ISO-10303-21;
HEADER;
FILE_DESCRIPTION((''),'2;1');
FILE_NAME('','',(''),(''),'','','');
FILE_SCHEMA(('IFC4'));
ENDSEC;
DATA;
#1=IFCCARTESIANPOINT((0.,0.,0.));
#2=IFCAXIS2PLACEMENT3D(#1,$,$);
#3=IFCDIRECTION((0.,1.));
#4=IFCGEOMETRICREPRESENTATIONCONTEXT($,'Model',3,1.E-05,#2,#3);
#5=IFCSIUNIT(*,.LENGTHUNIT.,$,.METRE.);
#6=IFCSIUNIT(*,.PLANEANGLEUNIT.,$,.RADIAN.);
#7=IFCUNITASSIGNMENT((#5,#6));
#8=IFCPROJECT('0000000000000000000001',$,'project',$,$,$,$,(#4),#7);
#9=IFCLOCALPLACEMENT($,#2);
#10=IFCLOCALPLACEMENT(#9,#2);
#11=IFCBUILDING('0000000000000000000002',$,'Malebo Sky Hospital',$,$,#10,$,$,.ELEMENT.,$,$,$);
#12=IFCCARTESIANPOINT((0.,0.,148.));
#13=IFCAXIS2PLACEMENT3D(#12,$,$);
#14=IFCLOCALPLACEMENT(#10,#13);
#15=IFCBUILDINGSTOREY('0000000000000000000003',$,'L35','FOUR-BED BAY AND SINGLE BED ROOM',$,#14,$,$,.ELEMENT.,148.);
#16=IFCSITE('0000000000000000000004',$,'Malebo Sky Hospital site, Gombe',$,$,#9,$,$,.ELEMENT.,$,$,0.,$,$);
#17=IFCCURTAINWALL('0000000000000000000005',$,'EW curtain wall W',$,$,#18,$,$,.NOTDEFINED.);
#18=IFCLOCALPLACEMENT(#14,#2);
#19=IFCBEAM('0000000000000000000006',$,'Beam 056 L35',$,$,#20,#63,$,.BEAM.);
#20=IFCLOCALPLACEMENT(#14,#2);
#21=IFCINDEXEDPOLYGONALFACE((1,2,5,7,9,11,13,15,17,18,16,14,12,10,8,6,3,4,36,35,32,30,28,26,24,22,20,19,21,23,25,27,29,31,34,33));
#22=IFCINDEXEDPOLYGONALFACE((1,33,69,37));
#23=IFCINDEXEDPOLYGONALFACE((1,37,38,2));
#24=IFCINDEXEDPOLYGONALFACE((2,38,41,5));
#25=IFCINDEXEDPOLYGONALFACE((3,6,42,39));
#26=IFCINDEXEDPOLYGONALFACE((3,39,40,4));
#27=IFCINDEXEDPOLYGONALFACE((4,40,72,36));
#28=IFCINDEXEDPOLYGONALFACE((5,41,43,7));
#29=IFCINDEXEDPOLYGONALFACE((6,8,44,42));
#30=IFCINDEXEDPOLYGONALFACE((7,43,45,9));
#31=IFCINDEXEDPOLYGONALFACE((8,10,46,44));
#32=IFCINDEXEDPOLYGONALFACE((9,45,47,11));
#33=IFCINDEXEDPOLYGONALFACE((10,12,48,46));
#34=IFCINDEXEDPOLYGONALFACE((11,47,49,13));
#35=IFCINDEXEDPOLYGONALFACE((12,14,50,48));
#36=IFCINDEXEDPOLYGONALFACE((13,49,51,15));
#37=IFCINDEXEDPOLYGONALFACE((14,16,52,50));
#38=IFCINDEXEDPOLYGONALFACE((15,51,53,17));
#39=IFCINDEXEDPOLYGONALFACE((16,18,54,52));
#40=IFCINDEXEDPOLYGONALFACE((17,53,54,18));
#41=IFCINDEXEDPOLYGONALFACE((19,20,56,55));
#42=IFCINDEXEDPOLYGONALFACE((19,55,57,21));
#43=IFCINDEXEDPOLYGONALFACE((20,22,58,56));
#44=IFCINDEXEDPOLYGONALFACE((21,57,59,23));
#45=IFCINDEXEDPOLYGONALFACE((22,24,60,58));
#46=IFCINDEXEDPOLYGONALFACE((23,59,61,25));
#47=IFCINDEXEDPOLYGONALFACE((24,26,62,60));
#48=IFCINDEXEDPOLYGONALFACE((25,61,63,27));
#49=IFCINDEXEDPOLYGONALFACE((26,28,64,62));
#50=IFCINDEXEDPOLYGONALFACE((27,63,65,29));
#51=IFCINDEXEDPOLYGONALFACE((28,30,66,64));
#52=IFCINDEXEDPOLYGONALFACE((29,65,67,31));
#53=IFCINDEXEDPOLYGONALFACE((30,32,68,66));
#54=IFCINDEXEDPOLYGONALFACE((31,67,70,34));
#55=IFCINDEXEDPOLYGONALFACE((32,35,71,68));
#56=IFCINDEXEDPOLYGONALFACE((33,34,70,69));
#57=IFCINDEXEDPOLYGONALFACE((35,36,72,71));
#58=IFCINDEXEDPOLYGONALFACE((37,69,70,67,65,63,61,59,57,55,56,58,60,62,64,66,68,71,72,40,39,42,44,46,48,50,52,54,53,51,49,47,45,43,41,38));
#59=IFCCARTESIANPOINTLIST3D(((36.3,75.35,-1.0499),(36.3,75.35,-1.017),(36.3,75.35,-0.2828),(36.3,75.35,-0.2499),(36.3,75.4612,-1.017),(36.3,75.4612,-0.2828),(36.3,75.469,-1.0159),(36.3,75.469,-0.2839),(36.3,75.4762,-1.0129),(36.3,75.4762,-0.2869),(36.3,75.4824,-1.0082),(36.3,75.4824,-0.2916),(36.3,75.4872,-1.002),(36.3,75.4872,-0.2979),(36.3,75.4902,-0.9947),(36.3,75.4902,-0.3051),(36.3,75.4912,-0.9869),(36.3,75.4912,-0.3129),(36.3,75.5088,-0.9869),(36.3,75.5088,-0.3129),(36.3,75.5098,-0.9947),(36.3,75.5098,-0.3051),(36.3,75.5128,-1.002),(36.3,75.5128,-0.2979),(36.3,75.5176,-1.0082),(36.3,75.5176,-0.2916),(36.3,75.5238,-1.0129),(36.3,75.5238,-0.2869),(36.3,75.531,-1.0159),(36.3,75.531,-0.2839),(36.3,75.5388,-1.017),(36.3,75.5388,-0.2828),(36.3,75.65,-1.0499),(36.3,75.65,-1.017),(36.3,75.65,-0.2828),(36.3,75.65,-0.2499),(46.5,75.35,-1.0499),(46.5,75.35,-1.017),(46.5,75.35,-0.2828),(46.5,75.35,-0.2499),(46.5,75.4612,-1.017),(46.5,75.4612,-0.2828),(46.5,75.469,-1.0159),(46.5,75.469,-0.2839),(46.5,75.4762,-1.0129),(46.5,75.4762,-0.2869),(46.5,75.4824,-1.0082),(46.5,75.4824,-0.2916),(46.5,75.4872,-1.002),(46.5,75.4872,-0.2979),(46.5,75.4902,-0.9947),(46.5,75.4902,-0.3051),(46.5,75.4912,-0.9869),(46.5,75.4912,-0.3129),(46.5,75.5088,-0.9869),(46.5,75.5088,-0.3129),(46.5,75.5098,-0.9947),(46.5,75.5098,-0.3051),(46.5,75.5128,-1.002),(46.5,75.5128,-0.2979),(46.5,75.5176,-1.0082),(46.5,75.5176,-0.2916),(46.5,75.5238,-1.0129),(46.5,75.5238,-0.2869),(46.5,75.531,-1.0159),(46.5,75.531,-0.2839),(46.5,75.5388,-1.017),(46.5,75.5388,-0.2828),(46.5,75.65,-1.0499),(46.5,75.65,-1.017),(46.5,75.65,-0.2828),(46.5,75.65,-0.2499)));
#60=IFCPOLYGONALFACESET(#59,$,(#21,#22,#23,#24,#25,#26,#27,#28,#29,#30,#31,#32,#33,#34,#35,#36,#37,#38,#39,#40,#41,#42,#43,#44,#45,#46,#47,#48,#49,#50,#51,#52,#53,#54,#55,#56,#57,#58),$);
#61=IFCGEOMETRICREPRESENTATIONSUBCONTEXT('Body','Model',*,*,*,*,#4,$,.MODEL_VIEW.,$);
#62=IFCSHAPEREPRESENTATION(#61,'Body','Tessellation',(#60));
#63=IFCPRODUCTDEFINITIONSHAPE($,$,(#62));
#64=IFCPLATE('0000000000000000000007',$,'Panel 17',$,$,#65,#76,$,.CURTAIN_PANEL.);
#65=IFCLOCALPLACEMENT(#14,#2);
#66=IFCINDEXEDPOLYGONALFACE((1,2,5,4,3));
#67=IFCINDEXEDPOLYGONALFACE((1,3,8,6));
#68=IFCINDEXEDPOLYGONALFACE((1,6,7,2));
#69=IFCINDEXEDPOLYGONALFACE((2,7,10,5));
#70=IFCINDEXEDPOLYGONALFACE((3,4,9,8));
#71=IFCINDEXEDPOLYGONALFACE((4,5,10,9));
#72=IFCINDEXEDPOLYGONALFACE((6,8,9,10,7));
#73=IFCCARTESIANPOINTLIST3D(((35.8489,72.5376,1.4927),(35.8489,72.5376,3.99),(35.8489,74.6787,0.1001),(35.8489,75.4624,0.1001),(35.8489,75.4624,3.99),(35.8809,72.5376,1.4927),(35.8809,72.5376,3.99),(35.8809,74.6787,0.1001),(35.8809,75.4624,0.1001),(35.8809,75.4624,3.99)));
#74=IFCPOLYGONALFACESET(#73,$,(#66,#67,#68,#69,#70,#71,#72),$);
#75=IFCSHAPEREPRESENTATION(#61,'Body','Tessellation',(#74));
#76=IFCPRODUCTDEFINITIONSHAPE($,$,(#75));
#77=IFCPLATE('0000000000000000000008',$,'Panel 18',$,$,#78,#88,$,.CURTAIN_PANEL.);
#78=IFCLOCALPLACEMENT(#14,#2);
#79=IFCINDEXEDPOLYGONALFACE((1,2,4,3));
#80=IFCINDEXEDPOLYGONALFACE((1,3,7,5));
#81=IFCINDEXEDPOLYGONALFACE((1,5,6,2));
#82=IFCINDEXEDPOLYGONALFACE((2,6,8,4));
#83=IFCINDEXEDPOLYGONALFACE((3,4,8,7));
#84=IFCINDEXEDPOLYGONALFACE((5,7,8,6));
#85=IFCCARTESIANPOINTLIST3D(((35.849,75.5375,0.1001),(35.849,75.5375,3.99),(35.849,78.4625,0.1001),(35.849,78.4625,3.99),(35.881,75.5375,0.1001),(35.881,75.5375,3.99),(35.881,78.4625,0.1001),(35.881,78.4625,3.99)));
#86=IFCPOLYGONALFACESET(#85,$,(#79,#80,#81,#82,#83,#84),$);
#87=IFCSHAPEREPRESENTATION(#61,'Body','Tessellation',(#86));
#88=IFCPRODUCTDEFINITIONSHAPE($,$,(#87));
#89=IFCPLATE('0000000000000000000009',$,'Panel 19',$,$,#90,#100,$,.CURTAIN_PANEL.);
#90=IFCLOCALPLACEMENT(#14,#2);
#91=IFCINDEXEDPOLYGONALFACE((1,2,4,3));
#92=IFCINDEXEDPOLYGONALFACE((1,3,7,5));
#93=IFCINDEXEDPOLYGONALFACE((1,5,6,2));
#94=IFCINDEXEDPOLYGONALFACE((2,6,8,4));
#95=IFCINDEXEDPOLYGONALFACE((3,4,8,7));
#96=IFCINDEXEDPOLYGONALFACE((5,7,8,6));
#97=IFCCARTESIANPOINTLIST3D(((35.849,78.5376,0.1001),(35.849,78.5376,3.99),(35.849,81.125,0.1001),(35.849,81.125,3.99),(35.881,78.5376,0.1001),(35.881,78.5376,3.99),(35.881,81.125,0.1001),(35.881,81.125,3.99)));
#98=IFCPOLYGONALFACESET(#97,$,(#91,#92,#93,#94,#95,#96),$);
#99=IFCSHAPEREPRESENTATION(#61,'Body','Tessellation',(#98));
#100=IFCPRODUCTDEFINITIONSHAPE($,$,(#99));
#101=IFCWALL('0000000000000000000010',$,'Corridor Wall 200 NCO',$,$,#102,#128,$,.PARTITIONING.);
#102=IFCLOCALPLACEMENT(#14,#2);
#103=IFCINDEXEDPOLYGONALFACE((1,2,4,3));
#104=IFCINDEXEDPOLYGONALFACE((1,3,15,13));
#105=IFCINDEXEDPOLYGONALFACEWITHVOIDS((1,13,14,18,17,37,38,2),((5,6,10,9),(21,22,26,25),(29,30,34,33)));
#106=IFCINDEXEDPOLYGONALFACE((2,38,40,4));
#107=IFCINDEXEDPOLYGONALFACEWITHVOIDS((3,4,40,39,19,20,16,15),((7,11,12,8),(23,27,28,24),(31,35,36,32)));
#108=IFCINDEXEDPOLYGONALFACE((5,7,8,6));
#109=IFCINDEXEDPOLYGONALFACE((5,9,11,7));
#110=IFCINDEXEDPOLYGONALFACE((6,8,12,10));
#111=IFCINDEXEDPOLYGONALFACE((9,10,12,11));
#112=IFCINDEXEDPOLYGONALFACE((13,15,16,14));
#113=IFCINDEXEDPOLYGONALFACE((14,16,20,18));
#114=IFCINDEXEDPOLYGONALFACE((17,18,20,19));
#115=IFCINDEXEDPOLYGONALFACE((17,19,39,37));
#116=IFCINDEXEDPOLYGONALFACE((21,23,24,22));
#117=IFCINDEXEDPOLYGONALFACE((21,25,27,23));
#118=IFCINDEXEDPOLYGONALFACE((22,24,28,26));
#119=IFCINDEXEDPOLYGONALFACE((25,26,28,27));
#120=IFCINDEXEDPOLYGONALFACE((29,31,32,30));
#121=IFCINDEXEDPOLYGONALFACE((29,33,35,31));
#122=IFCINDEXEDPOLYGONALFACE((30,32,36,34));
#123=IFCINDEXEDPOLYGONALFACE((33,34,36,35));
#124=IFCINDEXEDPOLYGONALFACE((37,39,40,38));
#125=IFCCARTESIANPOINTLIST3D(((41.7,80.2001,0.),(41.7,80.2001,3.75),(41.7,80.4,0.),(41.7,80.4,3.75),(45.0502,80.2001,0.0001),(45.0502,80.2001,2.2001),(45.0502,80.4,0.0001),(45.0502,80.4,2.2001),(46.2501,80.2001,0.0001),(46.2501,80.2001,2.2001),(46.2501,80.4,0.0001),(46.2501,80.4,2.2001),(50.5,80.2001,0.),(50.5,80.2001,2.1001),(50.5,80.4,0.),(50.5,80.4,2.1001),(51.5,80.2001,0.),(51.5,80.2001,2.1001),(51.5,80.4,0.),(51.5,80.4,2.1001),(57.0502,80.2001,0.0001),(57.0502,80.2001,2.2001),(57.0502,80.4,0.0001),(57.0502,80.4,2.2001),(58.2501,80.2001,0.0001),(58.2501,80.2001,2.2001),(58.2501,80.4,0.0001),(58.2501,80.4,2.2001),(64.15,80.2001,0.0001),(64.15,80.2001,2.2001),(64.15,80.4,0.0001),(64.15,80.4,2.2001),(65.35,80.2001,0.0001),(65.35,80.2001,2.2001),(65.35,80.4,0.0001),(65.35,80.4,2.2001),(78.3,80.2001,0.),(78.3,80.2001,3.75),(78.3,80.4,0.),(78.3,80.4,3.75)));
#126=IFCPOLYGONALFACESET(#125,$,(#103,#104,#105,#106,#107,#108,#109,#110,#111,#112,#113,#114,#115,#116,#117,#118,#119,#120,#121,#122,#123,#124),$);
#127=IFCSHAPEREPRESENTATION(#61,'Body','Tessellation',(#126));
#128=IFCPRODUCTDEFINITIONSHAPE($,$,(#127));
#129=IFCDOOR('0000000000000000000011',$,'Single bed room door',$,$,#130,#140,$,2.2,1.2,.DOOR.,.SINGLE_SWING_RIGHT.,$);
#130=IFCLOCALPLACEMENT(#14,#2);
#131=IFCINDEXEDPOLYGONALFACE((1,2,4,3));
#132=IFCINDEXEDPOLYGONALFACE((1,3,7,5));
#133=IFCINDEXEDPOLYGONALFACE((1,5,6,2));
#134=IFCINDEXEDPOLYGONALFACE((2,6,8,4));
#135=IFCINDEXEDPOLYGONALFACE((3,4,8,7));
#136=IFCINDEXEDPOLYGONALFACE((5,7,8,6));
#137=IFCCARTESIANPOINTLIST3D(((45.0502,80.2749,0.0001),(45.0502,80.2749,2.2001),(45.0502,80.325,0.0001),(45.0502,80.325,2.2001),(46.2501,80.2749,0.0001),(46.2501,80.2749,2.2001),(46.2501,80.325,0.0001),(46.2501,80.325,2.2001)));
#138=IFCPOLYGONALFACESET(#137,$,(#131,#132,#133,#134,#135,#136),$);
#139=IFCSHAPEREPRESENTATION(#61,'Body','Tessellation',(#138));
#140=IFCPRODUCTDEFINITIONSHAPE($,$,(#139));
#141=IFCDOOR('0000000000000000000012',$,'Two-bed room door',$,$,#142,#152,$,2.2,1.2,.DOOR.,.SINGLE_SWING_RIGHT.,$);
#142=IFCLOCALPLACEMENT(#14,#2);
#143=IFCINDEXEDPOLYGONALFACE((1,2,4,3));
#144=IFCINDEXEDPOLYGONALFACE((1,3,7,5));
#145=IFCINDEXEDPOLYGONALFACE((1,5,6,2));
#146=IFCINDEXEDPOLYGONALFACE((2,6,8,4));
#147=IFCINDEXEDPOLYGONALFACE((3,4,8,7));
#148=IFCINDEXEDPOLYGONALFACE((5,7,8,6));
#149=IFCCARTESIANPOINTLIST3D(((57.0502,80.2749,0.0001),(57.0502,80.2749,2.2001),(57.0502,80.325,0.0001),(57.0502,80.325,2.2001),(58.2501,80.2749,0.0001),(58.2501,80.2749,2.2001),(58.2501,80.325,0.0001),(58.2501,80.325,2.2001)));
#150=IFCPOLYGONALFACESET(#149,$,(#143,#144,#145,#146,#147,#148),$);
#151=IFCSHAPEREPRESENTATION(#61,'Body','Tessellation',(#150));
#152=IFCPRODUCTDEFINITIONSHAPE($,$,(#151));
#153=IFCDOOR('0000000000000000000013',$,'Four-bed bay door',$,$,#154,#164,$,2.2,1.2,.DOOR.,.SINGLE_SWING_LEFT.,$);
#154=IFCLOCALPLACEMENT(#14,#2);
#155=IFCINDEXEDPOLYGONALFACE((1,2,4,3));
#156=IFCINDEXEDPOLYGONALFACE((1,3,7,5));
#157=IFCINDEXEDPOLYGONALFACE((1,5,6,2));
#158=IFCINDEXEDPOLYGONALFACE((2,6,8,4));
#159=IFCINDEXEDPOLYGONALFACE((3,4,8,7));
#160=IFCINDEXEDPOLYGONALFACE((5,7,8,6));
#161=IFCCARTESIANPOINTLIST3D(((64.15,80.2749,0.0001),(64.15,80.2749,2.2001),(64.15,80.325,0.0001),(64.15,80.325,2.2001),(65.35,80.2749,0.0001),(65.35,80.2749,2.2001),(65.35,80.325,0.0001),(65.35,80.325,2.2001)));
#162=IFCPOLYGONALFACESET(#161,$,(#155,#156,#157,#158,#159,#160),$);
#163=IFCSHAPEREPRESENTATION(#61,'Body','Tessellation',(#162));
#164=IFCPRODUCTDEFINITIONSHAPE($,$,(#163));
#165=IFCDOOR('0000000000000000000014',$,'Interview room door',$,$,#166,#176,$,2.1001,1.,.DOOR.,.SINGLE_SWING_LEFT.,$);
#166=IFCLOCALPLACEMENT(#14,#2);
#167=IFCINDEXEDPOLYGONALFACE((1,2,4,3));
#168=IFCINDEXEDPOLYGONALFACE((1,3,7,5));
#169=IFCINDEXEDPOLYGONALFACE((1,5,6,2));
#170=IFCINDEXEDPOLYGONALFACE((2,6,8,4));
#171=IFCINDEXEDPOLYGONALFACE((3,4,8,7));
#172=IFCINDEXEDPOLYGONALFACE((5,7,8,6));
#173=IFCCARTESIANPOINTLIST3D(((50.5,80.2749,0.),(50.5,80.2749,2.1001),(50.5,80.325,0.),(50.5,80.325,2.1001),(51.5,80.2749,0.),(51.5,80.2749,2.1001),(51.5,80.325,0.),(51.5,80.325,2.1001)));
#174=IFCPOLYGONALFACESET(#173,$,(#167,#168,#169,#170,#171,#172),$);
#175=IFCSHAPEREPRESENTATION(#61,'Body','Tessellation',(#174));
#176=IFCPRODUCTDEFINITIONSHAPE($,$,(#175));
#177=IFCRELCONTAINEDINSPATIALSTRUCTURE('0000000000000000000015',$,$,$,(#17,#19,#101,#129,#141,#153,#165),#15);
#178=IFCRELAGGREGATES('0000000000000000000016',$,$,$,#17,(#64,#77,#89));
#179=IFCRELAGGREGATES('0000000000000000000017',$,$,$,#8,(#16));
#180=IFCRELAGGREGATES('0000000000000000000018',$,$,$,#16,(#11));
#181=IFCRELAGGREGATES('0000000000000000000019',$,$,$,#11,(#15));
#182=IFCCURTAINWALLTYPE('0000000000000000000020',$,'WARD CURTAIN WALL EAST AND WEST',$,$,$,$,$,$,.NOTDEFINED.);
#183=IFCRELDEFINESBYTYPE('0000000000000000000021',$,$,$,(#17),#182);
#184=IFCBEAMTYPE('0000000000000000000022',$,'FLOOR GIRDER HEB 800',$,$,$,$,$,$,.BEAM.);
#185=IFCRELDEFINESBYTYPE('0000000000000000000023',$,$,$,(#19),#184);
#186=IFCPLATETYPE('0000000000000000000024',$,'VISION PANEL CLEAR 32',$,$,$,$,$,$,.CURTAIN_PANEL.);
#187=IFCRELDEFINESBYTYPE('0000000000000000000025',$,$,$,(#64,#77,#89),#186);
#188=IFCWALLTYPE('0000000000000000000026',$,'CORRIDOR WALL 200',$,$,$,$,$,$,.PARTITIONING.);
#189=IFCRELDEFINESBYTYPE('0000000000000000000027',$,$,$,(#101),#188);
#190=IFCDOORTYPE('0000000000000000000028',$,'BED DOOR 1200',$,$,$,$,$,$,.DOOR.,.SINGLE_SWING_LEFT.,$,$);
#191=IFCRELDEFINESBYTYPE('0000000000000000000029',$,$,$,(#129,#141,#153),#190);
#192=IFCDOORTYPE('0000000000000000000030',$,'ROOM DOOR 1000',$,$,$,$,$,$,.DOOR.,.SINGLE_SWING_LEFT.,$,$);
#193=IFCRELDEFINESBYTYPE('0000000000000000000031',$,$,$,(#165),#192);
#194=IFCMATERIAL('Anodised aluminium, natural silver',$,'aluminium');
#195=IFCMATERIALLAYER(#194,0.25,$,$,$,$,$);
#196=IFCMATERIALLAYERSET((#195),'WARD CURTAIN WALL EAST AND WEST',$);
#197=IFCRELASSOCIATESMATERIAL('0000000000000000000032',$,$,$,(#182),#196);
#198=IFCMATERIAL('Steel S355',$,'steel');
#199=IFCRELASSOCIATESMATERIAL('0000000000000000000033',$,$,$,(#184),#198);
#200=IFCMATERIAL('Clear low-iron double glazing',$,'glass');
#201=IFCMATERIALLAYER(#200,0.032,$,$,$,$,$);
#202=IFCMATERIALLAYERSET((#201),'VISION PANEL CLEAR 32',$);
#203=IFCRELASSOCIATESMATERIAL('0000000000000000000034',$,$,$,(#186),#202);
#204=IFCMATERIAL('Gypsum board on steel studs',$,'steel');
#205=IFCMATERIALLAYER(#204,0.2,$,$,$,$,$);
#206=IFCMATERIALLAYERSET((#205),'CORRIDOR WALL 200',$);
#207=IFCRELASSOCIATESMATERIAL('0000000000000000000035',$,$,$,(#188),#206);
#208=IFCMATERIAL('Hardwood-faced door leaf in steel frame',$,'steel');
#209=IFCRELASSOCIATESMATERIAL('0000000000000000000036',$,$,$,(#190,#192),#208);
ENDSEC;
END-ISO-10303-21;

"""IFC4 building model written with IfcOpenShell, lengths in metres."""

from ifc_helpers import new_model, si_unit, direction, frame, frame_2d, origin, origin_2d, place, context, subcontext, project, spatial, polyline, rectangle, i_section, outline, extrude, material, layer, layer_set, material_profile, profile_set, type_object, element, fill, aggregate, save


model = new_model("IFC4")

# Units and contexts
model_context = context("Model", 3, precision=1e-05, world=origin(), true_north=direction((0.0, 1.0)))
body_context = subcontext(model_context, "Body", "Model", "MODEL_VIEW")
ifc_project = project(units=[si_unit("LENGTHUNIT", "METRE"), si_unit("PLANEANGLEUNIT", "RADIAN")], contexts=[model_context])

# Site, building, storey
site_placement = place(None, origin())
site = spatial("IfcSite", under=ifc_project, at=site_placement, Name="Malebo Sky Hospital site, Gombe", CompositionType="ELEMENT", RefElevation=0.0)
building_placement = place(site_placement, origin())
building = spatial("IfcBuilding", under=site, at=building_placement, Name="Malebo Sky Hospital", CompositionType="ELEMENT")
storey_placement = place(building_placement, frame((0.0, 0.0, 148.0)))
storey = spatial("IfcBuildingStorey", under=building, at=storey_placement, Name="L35", Description="FOUR-BED BAY AND SINGLE BED ROOM", CompositionType="ELEMENT", Elevation=148.0)

# Curtain wall
ifc_material_1 = material(Name="Anodised aluminium, natural silver", Category="aluminium")
ifc_layer_1 = layer(ifc_material_1, 0.25)
ifc_layer_set_1 = layer_set([ifc_layer_1], Name="WARD CURTAIN WALL EAST AND WEST")
curtain_wall_type = type_object("IfcCurtainWallType", Name="WARD CURTAIN WALL EAST AND WEST", PredefinedType="NOTDEFINED", material=ifc_layer_set_1)
curtain_wall_placement = place(storey_placement, origin())
curtain_wall = element("IfcCurtainWall", 1, at=curtain_wall_placement, inside=storey, type_object=curtain_wall_type, Name="EW curtain wall W", PredefinedType="NOTDEFINED")

# Shared definitions
ifc_material_2 = material(Name="Steel S355", Category="steel")

# Beam
ifc_material_profile_1 = material_profile(ifc_material_2, i_section(OverallWidth=0.3, OverallDepth=0.8, WebThickness=0.0176, FlangeThickness=0.033, FilletRadius=0.03, at=origin_2d()), Name="HEB 800")
ifc_profile_set_1 = profile_set([ifc_material_profile_1], Name="Steel S355")
beam_type_1 = type_object("IfcBeamType", Name="FLOOR GIRDER HEB 800", PredefinedType="BEAM", material=ifc_profile_set_1)
beam_1_placement = place(storey_placement, frame((36.3, 75.5, -0.6499), z_axis=(1.0, 0.0, 0.0), x_axis=(0.0, 1.0, 0.0)))
element("IfcBeam", 2, at=beam_1_placement, inside=storey, type_object=beam_type_1, Name="Beam 056 L35", PredefinedType="BEAM", context=body_context, shape_type="SweptSolid", body=[
    extrude(i_section(OverallWidth=0.3, OverallDepth=0.8, WebThickness=0.0176, FlangeThickness=0.033, FilletRadius=0.03, at=origin_2d()), origin(), (0.0, 0.0, 1.0), 10.2),
])

# Plates
ifc_material_3 = material(Name="Clear low-iron double glazing", Category="glass")
ifc_layer_2 = layer(ifc_material_3, 0.032)
ifc_layer_set_2 = layer_set([ifc_layer_2], Name="VISION PANEL CLEAR 32")
plate_type = type_object("IfcPlateType", Name="VISION PANEL CLEAR 32", PredefinedType="CURTAIN_PANEL", material=ifc_layer_set_2)
plate_1_placement = place(storey_placement, frame((35.865, 74.0, 0.1001), z_axis=(0.0, 0.0, 1.0), x_axis=(0.0, 1.0, 0.0)))
plate_1 = element("IfcPlate", 3, at=plate_1_placement, type_object=plate_type, Name="Panel 17", PredefinedType="CURTAIN_PANEL", context=body_context, shape_type="SweptSolid", body=[
    extrude(outline(polyline([(0.6787, 0.0), (1.4624, 0.0), (1.4624, 3.8899), (-1.4624, 3.8899), (-1.4624, 1.3926), (0.6787, 0.0)])), frame((0.0, 0.0161, 0.0), z_axis=(0.0, -1.0, 0.0), x_axis=(1.0, 0.0, 0.0)), (0.0, 0.0, 1.0), 0.032),
])
plate_2_placement = place(storey_placement, frame((35.865, 77.0, 0.1001), z_axis=(0.0, 0.0, 1.0), x_axis=(0.0, 1.0, 0.0)))
plate_2 = element("IfcPlate", 4, at=plate_2_placement, type_object=plate_type, Name="Panel 18", PredefinedType="CURTAIN_PANEL", context=body_context, shape_type="SweptSolid", body=[
    extrude(rectangle(XDim=2.925, YDim=0.032, at=origin_2d()), origin(), (0.0, 0.0, 1.0), 3.8899),
])
plate_3_placement = place(storey_placement, frame((35.865, 79.8313, 0.1001), z_axis=(0.0, 0.0, 1.0), x_axis=(0.0, 1.0, 0.0)))
plate_3 = element("IfcPlate", 5, at=plate_3_placement, type_object=plate_type, Name="Panel 19", PredefinedType="CURTAIN_PANEL", context=body_context, shape_type="SweptSolid", body=[
    extrude(rectangle(XDim=2.5874, YDim=0.032, at=origin_2d()), origin(), (0.0, 0.0, 1.0), 3.8899),
])
aggregate(curtain_wall, [plate_1, plate_2, plate_3])

# Wall, openings, doors
ifc_material_4 = material(Name="Gypsum board on steel studs", Category="steel")
ifc_layer_3 = layer(ifc_material_4, 0.2)
ifc_layer_set_3 = layer_set([ifc_layer_3], Name="CORRIDOR WALL 200")
wall_type_1 = type_object("IfcWallType", Name="CORRIDOR WALL 200", PredefinedType="PARTITIONING", material=ifc_layer_set_3)
wall_1_placement = place(storey_placement, frame((41.7, 80.3, 0.0), z_axis=(0.0, 0.0, 1.0), x_axis=(1.0, 0.0, 0.0)))
wall_1 = element("IfcWall", 6, at=wall_1_placement, inside=storey, type_object=wall_type_1, Name="Corridor Wall 200 NCO", PredefinedType="PARTITIONING", context=body_context, shape_type="SweptSolid", body=[
    extrude(rectangle(XDim=36.6001, YDim=0.2, at=frame_2d((18.3, 0.0))), origin(), (0.0, 0.0, 1.0), 3.75),
])
opening_1_placement = place(wall_1_placement, frame((3.3501, 0.0, 0.0)))
opening_1 = element("IfcOpeningElement", 7, at=opening_1_placement, cuts=wall_1, PredefinedType="OPENING", context=body_context, shape_type="SweptSolid", body=[
    extrude(rectangle(XDim=1.2, YDim=2.2, at=frame_2d((0.6001, 1.1001))), frame((0.0, 0.1099, 0.0), z_axis=(0.0, -1.0, 0.0), x_axis=(1.0, 0.0, 0.0)), (0.0, 0.0, 1.0), 0.22),
])
opening_2_placement = place(wall_1_placement, frame((8.8, 0.0, 0.0)))
opening_2 = element("IfcOpeningElement", 8, at=opening_2_placement, cuts=wall_1, PredefinedType="OPENING", context=body_context, shape_type="SweptSolid", body=[
    extrude(rectangle(XDim=1.0, YDim=2.1001, at=frame_2d((0.5, 1.05))), frame((0.0, 0.1099, 0.0), z_axis=(0.0, -1.0, 0.0), x_axis=(1.0, 0.0, 0.0)), (0.0, 0.0, 1.0), 0.22),
])
opening_3_placement = place(wall_1_placement, frame((15.3501, 0.0, 0.0)))
opening_3 = element("IfcOpeningElement", 9, at=opening_3_placement, cuts=wall_1, PredefinedType="OPENING", context=body_context, shape_type="SweptSolid", body=[
    extrude(rectangle(XDim=1.2, YDim=2.2, at=frame_2d((0.6001, 1.1001))), frame((0.0, 0.1099, 0.0), z_axis=(0.0, -1.0, 0.0), x_axis=(1.0, 0.0, 0.0)), (0.0, 0.0, 1.0), 0.22),
])
opening_4_placement = place(wall_1_placement, frame((22.45, 0.0, 0.0)))
opening_4 = element("IfcOpeningElement", 10, at=opening_4_placement, cuts=wall_1, PredefinedType="OPENING", context=body_context, shape_type="SweptSolid", body=[
    extrude(rectangle(XDim=1.2, YDim=2.2, at=frame_2d((0.6001, 1.1001))), frame((0.0, 0.1099, 0.0), z_axis=(0.0, -1.0, 0.0), x_axis=(1.0, 0.0, 0.0)), (0.0, 0.0, 1.0), 0.22),
])
ifc_material_5 = material(Name="Hardwood-faced door leaf in steel frame", Category="steel")
door_type_1 = type_object("IfcDoorType", Name="BED DOOR 1200", OperationType="SINGLE_SWING_LEFT", PredefinedType="DOOR", material=ifc_material_5)
door_1_placement = place(opening_1_placement, origin())
door_1 = element("IfcDoor", 11, at=door_1_placement, inside=storey, type_object=door_type_1, Name="Single bed room door", OperationType="SINGLE_SWING_RIGHT", OverallHeight=2.2, OverallWidth=1.2, PredefinedType="DOOR", context=body_context, shape_type="SweptSolid", body=[
    extrude(rectangle(XDim=1.2, YDim=2.2, at=frame_2d((0.6001, 1.1001))), frame((0.0, 0.0249, 0.0), z_axis=(0.0, -1.0, 0.0), x_axis=(1.0, 0.0, 0.0)), (0.0, 0.0, 1.0), 0.05),
])
fill(opening_1, door_1)
door_2_placement = place(opening_3_placement, origin())
door_2 = element("IfcDoor", 12, at=door_2_placement, inside=storey, type_object=door_type_1, Name="Two-bed room door", OperationType="SINGLE_SWING_RIGHT", OverallHeight=2.2, OverallWidth=1.2, PredefinedType="DOOR", context=body_context, shape_type="SweptSolid", body=[
    extrude(rectangle(XDim=1.2, YDim=2.2, at=frame_2d((0.6001, 1.1001))), frame((0.0, 0.0249, 0.0), z_axis=(0.0, -1.0, 0.0), x_axis=(1.0, 0.0, 0.0)), (0.0, 0.0, 1.0), 0.05),
])
fill(opening_3, door_2)
door_3_placement = place(opening_4_placement, origin())
door_3 = element("IfcDoor", 13, at=door_3_placement, inside=storey, type_object=door_type_1, Name="Four-bed bay door", OperationType="SINGLE_SWING_LEFT", OverallHeight=2.2, OverallWidth=1.2, PredefinedType="DOOR", context=body_context, shape_type="SweptSolid", body=[
    extrude(rectangle(XDim=1.2, YDim=2.2, at=frame_2d((0.6001, 1.1001))), frame((0.0, 0.0249, 0.0), z_axis=(0.0, -1.0, 0.0), x_axis=(1.0, 0.0, 0.0)), (0.0, 0.0, 1.0), 0.05),
])
fill(opening_4, door_3)
door_type_2 = type_object("IfcDoorType", Name="ROOM DOOR 1000", OperationType="SINGLE_SWING_LEFT", PredefinedType="DOOR", material=ifc_material_5)
door_4_placement = place(opening_2_placement, origin())
door_4 = element("IfcDoor", 14, at=door_4_placement, inside=storey, type_object=door_type_2, Name="Interview room door", OperationType="SINGLE_SWING_LEFT", OverallHeight=2.1001, OverallWidth=1.0, PredefinedType="DOOR", context=body_context, shape_type="SweptSolid", body=[
    extrude(rectangle(XDim=1.0, YDim=2.1001, at=frame_2d((0.5, 1.05))), frame((0.0, 0.0249, 0.0), z_axis=(0.0, -1.0, 0.0), x_axis=(1.0, 0.0, 0.0)), (0.0, 0.0, 1.0), 0.05),
])
fill(opening_2, door_4)

save(model, "model.ifc")
